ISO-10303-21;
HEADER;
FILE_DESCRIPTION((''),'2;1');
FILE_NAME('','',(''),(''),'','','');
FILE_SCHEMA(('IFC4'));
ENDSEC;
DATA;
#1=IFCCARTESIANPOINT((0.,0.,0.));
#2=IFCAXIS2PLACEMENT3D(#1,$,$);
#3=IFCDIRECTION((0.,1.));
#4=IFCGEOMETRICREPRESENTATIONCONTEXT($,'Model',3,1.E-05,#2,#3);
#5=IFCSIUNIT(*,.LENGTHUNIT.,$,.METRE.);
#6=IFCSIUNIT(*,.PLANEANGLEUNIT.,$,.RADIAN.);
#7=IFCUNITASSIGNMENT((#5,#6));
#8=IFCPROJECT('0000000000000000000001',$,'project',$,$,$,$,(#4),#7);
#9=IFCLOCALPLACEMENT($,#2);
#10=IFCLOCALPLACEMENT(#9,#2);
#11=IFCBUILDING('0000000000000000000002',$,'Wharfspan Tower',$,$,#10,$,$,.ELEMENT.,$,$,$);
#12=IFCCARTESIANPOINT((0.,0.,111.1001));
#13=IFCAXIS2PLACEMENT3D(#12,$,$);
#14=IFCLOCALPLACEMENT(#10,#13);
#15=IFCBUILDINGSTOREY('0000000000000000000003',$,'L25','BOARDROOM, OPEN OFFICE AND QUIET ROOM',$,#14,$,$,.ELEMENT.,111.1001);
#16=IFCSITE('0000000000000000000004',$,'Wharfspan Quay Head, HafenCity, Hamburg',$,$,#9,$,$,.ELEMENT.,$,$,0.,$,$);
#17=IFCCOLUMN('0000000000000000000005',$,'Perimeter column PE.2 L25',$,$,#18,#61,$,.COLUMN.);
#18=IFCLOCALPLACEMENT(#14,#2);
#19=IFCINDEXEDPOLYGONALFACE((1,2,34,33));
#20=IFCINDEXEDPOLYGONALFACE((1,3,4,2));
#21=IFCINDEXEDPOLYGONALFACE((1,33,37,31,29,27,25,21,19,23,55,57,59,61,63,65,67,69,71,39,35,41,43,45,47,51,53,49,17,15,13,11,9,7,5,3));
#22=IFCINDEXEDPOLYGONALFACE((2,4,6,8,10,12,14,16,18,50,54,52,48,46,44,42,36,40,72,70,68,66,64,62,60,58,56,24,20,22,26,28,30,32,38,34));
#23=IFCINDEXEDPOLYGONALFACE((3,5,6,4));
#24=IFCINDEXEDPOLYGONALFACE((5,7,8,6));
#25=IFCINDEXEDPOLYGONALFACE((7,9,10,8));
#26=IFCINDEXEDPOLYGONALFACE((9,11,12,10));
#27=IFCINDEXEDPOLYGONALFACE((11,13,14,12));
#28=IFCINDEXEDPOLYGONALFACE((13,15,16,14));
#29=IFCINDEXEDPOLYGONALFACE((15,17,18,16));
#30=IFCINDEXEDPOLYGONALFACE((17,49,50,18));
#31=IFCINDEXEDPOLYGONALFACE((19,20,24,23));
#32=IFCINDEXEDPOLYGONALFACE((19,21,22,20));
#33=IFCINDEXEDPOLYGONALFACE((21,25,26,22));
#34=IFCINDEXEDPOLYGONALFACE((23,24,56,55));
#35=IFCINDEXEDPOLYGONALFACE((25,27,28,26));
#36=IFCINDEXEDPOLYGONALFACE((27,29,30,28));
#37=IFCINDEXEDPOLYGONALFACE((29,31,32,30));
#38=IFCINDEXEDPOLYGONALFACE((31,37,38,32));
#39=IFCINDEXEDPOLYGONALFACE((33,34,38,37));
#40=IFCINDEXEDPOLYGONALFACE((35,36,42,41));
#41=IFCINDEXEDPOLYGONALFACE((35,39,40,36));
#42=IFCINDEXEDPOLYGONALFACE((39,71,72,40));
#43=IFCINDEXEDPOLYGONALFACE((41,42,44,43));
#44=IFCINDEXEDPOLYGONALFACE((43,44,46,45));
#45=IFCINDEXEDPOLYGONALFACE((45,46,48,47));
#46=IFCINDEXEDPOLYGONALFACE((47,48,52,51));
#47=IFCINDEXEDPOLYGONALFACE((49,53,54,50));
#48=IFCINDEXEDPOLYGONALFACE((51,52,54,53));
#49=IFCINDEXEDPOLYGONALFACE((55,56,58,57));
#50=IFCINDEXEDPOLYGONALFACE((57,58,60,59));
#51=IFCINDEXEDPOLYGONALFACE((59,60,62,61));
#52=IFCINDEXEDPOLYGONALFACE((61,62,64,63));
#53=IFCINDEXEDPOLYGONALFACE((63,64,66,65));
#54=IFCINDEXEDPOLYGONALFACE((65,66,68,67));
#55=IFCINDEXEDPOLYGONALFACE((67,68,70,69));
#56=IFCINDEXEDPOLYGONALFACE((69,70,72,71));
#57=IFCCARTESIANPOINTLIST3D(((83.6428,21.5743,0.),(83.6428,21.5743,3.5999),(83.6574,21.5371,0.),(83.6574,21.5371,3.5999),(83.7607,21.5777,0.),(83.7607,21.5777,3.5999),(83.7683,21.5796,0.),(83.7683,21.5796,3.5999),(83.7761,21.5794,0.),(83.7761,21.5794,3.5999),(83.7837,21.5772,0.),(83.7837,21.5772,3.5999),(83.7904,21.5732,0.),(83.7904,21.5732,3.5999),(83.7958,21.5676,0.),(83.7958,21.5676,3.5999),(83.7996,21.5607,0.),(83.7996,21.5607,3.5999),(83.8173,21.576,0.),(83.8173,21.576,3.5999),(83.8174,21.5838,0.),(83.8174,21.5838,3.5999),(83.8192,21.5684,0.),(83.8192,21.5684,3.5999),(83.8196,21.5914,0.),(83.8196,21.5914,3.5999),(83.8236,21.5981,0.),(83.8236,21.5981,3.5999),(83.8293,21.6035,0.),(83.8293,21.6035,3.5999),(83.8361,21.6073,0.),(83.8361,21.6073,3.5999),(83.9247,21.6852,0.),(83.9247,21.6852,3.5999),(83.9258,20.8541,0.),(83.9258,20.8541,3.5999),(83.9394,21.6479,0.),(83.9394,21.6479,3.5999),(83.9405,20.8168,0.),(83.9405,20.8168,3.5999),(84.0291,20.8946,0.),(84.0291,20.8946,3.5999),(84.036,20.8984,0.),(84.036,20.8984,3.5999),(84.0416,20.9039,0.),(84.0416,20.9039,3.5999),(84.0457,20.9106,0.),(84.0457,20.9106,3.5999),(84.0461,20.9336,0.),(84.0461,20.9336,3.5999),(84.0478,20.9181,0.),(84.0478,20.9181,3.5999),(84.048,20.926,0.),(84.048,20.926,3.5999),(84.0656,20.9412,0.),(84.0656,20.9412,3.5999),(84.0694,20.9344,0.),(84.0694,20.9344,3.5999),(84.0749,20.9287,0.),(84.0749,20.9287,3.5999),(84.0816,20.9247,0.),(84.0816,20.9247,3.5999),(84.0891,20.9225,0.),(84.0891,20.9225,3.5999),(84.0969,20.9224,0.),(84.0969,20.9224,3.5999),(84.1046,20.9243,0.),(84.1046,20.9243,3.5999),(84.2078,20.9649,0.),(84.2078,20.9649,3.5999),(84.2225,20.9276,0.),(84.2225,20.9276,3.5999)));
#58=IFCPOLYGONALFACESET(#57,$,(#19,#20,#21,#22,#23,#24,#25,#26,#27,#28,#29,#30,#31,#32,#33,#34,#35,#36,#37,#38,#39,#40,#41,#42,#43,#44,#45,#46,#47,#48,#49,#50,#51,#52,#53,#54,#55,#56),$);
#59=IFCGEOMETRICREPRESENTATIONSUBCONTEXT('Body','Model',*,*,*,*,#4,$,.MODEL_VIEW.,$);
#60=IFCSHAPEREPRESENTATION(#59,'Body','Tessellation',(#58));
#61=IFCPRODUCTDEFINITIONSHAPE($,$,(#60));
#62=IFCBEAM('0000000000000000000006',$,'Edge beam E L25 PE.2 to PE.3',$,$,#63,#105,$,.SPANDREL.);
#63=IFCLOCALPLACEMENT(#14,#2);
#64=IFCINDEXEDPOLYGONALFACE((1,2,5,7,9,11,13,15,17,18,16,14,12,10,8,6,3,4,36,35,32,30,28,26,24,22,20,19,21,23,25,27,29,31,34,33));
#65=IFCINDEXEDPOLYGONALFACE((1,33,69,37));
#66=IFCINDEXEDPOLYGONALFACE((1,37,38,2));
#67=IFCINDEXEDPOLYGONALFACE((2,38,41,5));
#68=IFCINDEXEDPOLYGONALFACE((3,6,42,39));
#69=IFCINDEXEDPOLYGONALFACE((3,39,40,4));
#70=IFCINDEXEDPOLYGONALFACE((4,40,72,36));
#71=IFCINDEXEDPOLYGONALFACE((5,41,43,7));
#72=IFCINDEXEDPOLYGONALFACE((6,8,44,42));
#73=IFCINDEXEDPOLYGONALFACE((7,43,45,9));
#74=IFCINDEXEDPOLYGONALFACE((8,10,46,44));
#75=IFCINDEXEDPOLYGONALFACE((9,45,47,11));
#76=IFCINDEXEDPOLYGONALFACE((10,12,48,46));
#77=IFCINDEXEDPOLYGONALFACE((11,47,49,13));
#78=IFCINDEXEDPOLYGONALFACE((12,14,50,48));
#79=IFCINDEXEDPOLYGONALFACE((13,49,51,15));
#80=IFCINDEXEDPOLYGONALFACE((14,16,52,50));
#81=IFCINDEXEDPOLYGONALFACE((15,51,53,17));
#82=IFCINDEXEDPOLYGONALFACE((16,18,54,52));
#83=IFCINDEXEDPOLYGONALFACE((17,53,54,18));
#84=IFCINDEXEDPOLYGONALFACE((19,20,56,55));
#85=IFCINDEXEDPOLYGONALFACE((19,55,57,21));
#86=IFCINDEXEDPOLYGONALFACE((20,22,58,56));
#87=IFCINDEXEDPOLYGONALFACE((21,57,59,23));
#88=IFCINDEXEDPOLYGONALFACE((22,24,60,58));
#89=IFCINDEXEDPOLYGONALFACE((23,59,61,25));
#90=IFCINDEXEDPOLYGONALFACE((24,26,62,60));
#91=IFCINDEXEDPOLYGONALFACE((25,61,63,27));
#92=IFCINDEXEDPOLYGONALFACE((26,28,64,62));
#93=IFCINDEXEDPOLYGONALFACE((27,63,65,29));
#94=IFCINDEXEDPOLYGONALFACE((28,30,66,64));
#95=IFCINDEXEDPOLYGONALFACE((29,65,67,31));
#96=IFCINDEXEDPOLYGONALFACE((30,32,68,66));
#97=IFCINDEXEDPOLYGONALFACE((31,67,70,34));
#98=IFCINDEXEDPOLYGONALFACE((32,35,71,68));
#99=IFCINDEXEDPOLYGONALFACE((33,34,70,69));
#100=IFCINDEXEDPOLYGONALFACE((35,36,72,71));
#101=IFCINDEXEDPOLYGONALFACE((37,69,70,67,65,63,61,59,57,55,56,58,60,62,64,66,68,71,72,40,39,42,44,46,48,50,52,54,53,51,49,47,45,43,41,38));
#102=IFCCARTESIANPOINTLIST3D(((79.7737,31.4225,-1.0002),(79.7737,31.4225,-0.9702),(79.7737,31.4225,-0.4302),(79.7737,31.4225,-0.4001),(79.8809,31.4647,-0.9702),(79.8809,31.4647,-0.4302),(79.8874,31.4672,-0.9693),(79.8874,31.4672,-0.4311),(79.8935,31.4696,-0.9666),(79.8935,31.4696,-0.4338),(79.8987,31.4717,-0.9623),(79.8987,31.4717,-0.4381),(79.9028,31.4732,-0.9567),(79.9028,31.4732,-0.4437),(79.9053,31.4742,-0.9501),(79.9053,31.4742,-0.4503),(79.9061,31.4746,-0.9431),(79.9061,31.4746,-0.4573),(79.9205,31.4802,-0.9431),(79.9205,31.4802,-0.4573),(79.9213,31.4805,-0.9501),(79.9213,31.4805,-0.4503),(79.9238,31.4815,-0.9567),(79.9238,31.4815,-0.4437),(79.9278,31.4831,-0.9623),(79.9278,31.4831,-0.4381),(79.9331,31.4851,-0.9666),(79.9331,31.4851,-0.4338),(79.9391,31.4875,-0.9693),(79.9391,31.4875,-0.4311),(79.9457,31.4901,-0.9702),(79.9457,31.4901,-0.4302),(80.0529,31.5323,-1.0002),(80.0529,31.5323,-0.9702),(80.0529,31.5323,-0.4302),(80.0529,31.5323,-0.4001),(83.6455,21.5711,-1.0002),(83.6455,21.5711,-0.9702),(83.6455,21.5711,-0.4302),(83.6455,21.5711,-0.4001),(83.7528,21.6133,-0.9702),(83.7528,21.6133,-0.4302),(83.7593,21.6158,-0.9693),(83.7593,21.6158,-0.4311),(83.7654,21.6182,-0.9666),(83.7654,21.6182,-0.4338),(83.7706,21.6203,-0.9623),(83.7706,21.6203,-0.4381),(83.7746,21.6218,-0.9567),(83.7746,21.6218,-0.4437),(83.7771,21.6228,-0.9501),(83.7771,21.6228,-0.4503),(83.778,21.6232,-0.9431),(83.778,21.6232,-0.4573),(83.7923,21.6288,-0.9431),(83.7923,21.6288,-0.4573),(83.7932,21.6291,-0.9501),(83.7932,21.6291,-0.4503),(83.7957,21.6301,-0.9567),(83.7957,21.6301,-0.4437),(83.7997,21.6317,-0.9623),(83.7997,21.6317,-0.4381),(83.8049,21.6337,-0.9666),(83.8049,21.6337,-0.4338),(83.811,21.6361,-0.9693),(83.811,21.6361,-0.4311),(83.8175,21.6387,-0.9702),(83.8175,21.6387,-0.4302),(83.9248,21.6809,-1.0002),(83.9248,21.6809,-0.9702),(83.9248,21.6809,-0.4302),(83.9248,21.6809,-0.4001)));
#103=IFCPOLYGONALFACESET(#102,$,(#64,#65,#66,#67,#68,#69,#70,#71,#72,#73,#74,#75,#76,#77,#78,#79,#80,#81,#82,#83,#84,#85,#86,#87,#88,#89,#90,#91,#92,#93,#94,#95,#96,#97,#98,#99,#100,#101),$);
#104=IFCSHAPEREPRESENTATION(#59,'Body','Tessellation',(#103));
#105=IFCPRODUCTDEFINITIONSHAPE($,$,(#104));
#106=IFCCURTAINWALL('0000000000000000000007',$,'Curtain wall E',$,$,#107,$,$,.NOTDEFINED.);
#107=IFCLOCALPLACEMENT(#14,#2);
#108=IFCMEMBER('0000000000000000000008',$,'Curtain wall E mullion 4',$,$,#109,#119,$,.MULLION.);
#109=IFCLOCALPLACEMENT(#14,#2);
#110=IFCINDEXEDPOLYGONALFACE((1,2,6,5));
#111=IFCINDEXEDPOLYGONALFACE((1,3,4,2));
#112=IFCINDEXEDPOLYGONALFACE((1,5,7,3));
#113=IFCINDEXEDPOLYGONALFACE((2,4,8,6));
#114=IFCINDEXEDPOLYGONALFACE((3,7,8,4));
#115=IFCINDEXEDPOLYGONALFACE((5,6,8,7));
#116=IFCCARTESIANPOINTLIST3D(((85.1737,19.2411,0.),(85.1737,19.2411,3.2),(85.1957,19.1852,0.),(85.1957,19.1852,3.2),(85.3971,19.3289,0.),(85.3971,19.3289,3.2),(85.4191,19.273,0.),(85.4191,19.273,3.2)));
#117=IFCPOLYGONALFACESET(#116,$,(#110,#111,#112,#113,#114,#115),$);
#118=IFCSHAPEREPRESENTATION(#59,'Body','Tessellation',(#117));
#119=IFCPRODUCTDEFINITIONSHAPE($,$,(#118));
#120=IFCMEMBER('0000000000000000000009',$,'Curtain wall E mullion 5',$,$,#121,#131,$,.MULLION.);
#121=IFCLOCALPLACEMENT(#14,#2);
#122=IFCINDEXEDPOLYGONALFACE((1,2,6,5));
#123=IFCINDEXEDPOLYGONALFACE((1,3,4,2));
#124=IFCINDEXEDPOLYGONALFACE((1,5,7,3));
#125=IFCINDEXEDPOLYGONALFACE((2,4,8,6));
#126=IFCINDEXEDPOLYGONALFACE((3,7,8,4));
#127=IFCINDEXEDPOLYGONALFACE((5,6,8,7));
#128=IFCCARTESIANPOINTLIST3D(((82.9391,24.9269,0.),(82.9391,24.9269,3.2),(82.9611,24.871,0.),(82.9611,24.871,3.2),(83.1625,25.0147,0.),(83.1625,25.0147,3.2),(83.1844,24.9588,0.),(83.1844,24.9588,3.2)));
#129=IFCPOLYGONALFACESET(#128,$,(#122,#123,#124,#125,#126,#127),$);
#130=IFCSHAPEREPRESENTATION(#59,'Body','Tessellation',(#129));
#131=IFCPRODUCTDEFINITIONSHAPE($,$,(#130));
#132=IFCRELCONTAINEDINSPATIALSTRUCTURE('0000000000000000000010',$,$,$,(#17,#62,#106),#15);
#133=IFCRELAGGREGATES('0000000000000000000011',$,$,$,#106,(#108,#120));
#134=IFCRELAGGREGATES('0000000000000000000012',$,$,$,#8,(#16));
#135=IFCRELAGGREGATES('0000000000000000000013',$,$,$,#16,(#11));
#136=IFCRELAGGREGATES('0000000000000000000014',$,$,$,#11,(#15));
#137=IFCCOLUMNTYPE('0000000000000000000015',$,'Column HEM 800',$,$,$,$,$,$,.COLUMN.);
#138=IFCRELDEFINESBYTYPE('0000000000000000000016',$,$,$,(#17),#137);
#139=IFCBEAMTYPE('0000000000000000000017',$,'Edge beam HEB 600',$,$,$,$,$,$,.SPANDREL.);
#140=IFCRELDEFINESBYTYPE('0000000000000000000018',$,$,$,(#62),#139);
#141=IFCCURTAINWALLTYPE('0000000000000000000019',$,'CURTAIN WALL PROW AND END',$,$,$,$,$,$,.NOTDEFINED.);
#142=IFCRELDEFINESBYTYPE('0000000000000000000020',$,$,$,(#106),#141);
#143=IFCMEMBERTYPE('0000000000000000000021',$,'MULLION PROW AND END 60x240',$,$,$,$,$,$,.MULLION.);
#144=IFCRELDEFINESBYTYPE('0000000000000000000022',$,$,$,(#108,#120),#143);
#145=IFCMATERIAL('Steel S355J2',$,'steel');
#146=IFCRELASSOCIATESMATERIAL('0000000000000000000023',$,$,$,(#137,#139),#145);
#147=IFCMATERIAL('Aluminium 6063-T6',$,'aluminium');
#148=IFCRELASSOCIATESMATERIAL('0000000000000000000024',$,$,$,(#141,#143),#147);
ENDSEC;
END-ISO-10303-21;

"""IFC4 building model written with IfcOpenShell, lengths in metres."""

from ifc_helpers import new_model, si_unit, direction, frame, origin, origin_2d, place, context, subcontext, project, spatial, rectangle, i_section, extrude, material, material_profile, profile_set, type_object, element, aggregate, save


model = new_model("IFC4")

# Units and contexts
model_context = context("Model", 3, precision=1e-05, world=origin(), true_north=direction((0.0, 1.0)))
body_context = subcontext(model_context, "Body", "Model", "MODEL_VIEW")
ifc_project = project(units=[si_unit("LENGTHUNIT", "METRE"), si_unit("PLANEANGLEUNIT", "RADIAN")], contexts=[model_context])

# Site, building, storey
site_placement = place(None, origin())
site = spatial("IfcSite", under=ifc_project, at=site_placement, Name="Wharfspan Quay Head, HafenCity, Hamburg", CompositionType="ELEMENT", RefElevation=0.0)
building_placement = place(site_placement, origin())
building = spatial("IfcBuilding", under=site, at=building_placement, Name="Wharfspan Tower", CompositionType="ELEMENT")
storey_placement = place(building_placement, frame((0.0, 0.0, 111.1001)))
storey = spatial("IfcBuildingStorey", under=building, at=storey_placement, Name="L25", Description="BOARDROOM, OPEN OFFICE AND QUIET ROOM", CompositionType="ELEMENT", Elevation=111.1001)

# Column
ifc_material_1 = material(Name="Steel S355J2", Category="steel")
ifc_material_profile_1 = material_profile(ifc_material_1, i_section(OverallWidth=0.303, OverallDepth=0.814, WebThickness=0.021, FlangeThickness=0.04, FilletRadius=0.03, at=origin_2d()))
ifc_profile_set_1 = profile_set([ifc_material_profile_1], Name="Steel S355J2")
column_type = type_object("IfcColumnType", Name="Column HEM 800", PredefinedType="COLUMN", material=ifc_profile_set_1)
column_placement = place(storey_placement, frame((83.9326, 21.251, 0.0), z_axis=(0.0, 0.0, 1.0), x_axis=(0.930702, 0.365778, 0.0)))
element("IfcColumn", 1, at=column_placement, inside=storey, type_object=column_type, Name="Perimeter column PE.2 L25", PredefinedType="COLUMN", context=body_context, shape_type="SweptSolid", body=[
    extrude(i_section(OverallWidth=0.303, OverallDepth=0.814, WebThickness=0.021, FlangeThickness=0.04, FilletRadius=0.03, at=origin_2d()), origin(), (0.0, 0.0, 1.0), 3.5999),
])

# Beam
ifc_material_profile_2 = material_profile(ifc_material_1, i_section(OverallWidth=0.3, OverallDepth=0.6001, WebThickness=0.0154, FlangeThickness=0.03, FilletRadius=0.0271, at=origin_2d()))
ifc_profile_set_2 = profile_set([ifc_material_profile_2], Name="Steel S355J2")
beam_type = type_object("IfcBeamType", Name="Edge beam HEB 600", PredefinedType="SPANDREL", material=ifc_profile_set_2)
beam_placement = place(storey_placement, frame((83.7852, 21.626, -0.7002), z_axis=(-0.365789, 0.930698, 0.0), x_axis=(-0.930698, -0.365789, 0.0)))
element("IfcBeam", 2, at=beam_placement, inside=storey, type_object=beam_type, Name="Edge beam E L25 PE.2 to PE.3", PredefinedType="SPANDREL", context=body_context, shape_type="SweptSolid", body=[
    extrude(i_section(OverallWidth=0.3, OverallDepth=0.6001, WebThickness=0.0154, FlangeThickness=0.03, FilletRadius=0.0271, at=origin_2d()), origin(), (0.0, 0.0, 1.0), 10.585),
])

# Curtain wall, members
ifc_material_2 = material(Name="Aluminium 6063-T6", Category="aluminium")
curtain_wall_type = type_object("IfcCurtainWallType", Name="CURTAIN WALL PROW AND END", PredefinedType="NOTDEFINED", material=ifc_material_2)
curtain_wall_placement = place(storey_placement, origin())
curtain_wall = element("IfcCurtainWall", 3, at=curtain_wall_placement, inside=storey, type_object=curtain_wall_type, Name="Curtain wall E", PredefinedType="NOTDEFINED")
ifc_material_profile_3 = material_profile(ifc_material_2, rectangle(XDim=0.24, YDim=0.0601, at=origin_2d()))
ifc_profile_set_3 = profile_set([ifc_material_profile_3], Name="Aluminium 6063-T6")
member_type_1 = type_object("IfcMemberType", Name="MULLION PROW AND END 60x240", PredefinedType="MULLION", material=ifc_profile_set_3)
member_1_placement = place(storey_placement, frame((85.2964, 19.2571, 0.0), z_axis=(0.0, 0.0, 1.0), x_axis=(-0.930702, -0.365778, 0.0)))
member_1 = element("IfcMember", 4, at=member_1_placement, type_object=member_type_1, Name="Curtain wall E mullion 4", PredefinedType="MULLION", context=body_context, shape_type="SweptSolid", body=[
    extrude(rectangle(XDim=0.24, YDim=0.0601, at=origin_2d()), origin(), (0.0, 0.0, 1.0), 3.2),
])
member_2_placement = place(storey_placement, frame((83.0618, 24.9429, 0.0), z_axis=(0.0, 0.0, 1.0), x_axis=(-0.930702, -0.365778, 0.0)))
member_2 = element("IfcMember", 5, at=member_2_placement, type_object=member_type_1, Name="Curtain wall E mullion 5", PredefinedType="MULLION", context=body_context, shape_type="SweptSolid", body=[
    extrude(rectangle(XDim=0.24, YDim=0.0601, at=origin_2d()), origin(), (0.0, 0.0, 1.0), 3.2),
])

aggregate(curtain_wall, [member_1, member_2])

save(model, "model.ifc")
